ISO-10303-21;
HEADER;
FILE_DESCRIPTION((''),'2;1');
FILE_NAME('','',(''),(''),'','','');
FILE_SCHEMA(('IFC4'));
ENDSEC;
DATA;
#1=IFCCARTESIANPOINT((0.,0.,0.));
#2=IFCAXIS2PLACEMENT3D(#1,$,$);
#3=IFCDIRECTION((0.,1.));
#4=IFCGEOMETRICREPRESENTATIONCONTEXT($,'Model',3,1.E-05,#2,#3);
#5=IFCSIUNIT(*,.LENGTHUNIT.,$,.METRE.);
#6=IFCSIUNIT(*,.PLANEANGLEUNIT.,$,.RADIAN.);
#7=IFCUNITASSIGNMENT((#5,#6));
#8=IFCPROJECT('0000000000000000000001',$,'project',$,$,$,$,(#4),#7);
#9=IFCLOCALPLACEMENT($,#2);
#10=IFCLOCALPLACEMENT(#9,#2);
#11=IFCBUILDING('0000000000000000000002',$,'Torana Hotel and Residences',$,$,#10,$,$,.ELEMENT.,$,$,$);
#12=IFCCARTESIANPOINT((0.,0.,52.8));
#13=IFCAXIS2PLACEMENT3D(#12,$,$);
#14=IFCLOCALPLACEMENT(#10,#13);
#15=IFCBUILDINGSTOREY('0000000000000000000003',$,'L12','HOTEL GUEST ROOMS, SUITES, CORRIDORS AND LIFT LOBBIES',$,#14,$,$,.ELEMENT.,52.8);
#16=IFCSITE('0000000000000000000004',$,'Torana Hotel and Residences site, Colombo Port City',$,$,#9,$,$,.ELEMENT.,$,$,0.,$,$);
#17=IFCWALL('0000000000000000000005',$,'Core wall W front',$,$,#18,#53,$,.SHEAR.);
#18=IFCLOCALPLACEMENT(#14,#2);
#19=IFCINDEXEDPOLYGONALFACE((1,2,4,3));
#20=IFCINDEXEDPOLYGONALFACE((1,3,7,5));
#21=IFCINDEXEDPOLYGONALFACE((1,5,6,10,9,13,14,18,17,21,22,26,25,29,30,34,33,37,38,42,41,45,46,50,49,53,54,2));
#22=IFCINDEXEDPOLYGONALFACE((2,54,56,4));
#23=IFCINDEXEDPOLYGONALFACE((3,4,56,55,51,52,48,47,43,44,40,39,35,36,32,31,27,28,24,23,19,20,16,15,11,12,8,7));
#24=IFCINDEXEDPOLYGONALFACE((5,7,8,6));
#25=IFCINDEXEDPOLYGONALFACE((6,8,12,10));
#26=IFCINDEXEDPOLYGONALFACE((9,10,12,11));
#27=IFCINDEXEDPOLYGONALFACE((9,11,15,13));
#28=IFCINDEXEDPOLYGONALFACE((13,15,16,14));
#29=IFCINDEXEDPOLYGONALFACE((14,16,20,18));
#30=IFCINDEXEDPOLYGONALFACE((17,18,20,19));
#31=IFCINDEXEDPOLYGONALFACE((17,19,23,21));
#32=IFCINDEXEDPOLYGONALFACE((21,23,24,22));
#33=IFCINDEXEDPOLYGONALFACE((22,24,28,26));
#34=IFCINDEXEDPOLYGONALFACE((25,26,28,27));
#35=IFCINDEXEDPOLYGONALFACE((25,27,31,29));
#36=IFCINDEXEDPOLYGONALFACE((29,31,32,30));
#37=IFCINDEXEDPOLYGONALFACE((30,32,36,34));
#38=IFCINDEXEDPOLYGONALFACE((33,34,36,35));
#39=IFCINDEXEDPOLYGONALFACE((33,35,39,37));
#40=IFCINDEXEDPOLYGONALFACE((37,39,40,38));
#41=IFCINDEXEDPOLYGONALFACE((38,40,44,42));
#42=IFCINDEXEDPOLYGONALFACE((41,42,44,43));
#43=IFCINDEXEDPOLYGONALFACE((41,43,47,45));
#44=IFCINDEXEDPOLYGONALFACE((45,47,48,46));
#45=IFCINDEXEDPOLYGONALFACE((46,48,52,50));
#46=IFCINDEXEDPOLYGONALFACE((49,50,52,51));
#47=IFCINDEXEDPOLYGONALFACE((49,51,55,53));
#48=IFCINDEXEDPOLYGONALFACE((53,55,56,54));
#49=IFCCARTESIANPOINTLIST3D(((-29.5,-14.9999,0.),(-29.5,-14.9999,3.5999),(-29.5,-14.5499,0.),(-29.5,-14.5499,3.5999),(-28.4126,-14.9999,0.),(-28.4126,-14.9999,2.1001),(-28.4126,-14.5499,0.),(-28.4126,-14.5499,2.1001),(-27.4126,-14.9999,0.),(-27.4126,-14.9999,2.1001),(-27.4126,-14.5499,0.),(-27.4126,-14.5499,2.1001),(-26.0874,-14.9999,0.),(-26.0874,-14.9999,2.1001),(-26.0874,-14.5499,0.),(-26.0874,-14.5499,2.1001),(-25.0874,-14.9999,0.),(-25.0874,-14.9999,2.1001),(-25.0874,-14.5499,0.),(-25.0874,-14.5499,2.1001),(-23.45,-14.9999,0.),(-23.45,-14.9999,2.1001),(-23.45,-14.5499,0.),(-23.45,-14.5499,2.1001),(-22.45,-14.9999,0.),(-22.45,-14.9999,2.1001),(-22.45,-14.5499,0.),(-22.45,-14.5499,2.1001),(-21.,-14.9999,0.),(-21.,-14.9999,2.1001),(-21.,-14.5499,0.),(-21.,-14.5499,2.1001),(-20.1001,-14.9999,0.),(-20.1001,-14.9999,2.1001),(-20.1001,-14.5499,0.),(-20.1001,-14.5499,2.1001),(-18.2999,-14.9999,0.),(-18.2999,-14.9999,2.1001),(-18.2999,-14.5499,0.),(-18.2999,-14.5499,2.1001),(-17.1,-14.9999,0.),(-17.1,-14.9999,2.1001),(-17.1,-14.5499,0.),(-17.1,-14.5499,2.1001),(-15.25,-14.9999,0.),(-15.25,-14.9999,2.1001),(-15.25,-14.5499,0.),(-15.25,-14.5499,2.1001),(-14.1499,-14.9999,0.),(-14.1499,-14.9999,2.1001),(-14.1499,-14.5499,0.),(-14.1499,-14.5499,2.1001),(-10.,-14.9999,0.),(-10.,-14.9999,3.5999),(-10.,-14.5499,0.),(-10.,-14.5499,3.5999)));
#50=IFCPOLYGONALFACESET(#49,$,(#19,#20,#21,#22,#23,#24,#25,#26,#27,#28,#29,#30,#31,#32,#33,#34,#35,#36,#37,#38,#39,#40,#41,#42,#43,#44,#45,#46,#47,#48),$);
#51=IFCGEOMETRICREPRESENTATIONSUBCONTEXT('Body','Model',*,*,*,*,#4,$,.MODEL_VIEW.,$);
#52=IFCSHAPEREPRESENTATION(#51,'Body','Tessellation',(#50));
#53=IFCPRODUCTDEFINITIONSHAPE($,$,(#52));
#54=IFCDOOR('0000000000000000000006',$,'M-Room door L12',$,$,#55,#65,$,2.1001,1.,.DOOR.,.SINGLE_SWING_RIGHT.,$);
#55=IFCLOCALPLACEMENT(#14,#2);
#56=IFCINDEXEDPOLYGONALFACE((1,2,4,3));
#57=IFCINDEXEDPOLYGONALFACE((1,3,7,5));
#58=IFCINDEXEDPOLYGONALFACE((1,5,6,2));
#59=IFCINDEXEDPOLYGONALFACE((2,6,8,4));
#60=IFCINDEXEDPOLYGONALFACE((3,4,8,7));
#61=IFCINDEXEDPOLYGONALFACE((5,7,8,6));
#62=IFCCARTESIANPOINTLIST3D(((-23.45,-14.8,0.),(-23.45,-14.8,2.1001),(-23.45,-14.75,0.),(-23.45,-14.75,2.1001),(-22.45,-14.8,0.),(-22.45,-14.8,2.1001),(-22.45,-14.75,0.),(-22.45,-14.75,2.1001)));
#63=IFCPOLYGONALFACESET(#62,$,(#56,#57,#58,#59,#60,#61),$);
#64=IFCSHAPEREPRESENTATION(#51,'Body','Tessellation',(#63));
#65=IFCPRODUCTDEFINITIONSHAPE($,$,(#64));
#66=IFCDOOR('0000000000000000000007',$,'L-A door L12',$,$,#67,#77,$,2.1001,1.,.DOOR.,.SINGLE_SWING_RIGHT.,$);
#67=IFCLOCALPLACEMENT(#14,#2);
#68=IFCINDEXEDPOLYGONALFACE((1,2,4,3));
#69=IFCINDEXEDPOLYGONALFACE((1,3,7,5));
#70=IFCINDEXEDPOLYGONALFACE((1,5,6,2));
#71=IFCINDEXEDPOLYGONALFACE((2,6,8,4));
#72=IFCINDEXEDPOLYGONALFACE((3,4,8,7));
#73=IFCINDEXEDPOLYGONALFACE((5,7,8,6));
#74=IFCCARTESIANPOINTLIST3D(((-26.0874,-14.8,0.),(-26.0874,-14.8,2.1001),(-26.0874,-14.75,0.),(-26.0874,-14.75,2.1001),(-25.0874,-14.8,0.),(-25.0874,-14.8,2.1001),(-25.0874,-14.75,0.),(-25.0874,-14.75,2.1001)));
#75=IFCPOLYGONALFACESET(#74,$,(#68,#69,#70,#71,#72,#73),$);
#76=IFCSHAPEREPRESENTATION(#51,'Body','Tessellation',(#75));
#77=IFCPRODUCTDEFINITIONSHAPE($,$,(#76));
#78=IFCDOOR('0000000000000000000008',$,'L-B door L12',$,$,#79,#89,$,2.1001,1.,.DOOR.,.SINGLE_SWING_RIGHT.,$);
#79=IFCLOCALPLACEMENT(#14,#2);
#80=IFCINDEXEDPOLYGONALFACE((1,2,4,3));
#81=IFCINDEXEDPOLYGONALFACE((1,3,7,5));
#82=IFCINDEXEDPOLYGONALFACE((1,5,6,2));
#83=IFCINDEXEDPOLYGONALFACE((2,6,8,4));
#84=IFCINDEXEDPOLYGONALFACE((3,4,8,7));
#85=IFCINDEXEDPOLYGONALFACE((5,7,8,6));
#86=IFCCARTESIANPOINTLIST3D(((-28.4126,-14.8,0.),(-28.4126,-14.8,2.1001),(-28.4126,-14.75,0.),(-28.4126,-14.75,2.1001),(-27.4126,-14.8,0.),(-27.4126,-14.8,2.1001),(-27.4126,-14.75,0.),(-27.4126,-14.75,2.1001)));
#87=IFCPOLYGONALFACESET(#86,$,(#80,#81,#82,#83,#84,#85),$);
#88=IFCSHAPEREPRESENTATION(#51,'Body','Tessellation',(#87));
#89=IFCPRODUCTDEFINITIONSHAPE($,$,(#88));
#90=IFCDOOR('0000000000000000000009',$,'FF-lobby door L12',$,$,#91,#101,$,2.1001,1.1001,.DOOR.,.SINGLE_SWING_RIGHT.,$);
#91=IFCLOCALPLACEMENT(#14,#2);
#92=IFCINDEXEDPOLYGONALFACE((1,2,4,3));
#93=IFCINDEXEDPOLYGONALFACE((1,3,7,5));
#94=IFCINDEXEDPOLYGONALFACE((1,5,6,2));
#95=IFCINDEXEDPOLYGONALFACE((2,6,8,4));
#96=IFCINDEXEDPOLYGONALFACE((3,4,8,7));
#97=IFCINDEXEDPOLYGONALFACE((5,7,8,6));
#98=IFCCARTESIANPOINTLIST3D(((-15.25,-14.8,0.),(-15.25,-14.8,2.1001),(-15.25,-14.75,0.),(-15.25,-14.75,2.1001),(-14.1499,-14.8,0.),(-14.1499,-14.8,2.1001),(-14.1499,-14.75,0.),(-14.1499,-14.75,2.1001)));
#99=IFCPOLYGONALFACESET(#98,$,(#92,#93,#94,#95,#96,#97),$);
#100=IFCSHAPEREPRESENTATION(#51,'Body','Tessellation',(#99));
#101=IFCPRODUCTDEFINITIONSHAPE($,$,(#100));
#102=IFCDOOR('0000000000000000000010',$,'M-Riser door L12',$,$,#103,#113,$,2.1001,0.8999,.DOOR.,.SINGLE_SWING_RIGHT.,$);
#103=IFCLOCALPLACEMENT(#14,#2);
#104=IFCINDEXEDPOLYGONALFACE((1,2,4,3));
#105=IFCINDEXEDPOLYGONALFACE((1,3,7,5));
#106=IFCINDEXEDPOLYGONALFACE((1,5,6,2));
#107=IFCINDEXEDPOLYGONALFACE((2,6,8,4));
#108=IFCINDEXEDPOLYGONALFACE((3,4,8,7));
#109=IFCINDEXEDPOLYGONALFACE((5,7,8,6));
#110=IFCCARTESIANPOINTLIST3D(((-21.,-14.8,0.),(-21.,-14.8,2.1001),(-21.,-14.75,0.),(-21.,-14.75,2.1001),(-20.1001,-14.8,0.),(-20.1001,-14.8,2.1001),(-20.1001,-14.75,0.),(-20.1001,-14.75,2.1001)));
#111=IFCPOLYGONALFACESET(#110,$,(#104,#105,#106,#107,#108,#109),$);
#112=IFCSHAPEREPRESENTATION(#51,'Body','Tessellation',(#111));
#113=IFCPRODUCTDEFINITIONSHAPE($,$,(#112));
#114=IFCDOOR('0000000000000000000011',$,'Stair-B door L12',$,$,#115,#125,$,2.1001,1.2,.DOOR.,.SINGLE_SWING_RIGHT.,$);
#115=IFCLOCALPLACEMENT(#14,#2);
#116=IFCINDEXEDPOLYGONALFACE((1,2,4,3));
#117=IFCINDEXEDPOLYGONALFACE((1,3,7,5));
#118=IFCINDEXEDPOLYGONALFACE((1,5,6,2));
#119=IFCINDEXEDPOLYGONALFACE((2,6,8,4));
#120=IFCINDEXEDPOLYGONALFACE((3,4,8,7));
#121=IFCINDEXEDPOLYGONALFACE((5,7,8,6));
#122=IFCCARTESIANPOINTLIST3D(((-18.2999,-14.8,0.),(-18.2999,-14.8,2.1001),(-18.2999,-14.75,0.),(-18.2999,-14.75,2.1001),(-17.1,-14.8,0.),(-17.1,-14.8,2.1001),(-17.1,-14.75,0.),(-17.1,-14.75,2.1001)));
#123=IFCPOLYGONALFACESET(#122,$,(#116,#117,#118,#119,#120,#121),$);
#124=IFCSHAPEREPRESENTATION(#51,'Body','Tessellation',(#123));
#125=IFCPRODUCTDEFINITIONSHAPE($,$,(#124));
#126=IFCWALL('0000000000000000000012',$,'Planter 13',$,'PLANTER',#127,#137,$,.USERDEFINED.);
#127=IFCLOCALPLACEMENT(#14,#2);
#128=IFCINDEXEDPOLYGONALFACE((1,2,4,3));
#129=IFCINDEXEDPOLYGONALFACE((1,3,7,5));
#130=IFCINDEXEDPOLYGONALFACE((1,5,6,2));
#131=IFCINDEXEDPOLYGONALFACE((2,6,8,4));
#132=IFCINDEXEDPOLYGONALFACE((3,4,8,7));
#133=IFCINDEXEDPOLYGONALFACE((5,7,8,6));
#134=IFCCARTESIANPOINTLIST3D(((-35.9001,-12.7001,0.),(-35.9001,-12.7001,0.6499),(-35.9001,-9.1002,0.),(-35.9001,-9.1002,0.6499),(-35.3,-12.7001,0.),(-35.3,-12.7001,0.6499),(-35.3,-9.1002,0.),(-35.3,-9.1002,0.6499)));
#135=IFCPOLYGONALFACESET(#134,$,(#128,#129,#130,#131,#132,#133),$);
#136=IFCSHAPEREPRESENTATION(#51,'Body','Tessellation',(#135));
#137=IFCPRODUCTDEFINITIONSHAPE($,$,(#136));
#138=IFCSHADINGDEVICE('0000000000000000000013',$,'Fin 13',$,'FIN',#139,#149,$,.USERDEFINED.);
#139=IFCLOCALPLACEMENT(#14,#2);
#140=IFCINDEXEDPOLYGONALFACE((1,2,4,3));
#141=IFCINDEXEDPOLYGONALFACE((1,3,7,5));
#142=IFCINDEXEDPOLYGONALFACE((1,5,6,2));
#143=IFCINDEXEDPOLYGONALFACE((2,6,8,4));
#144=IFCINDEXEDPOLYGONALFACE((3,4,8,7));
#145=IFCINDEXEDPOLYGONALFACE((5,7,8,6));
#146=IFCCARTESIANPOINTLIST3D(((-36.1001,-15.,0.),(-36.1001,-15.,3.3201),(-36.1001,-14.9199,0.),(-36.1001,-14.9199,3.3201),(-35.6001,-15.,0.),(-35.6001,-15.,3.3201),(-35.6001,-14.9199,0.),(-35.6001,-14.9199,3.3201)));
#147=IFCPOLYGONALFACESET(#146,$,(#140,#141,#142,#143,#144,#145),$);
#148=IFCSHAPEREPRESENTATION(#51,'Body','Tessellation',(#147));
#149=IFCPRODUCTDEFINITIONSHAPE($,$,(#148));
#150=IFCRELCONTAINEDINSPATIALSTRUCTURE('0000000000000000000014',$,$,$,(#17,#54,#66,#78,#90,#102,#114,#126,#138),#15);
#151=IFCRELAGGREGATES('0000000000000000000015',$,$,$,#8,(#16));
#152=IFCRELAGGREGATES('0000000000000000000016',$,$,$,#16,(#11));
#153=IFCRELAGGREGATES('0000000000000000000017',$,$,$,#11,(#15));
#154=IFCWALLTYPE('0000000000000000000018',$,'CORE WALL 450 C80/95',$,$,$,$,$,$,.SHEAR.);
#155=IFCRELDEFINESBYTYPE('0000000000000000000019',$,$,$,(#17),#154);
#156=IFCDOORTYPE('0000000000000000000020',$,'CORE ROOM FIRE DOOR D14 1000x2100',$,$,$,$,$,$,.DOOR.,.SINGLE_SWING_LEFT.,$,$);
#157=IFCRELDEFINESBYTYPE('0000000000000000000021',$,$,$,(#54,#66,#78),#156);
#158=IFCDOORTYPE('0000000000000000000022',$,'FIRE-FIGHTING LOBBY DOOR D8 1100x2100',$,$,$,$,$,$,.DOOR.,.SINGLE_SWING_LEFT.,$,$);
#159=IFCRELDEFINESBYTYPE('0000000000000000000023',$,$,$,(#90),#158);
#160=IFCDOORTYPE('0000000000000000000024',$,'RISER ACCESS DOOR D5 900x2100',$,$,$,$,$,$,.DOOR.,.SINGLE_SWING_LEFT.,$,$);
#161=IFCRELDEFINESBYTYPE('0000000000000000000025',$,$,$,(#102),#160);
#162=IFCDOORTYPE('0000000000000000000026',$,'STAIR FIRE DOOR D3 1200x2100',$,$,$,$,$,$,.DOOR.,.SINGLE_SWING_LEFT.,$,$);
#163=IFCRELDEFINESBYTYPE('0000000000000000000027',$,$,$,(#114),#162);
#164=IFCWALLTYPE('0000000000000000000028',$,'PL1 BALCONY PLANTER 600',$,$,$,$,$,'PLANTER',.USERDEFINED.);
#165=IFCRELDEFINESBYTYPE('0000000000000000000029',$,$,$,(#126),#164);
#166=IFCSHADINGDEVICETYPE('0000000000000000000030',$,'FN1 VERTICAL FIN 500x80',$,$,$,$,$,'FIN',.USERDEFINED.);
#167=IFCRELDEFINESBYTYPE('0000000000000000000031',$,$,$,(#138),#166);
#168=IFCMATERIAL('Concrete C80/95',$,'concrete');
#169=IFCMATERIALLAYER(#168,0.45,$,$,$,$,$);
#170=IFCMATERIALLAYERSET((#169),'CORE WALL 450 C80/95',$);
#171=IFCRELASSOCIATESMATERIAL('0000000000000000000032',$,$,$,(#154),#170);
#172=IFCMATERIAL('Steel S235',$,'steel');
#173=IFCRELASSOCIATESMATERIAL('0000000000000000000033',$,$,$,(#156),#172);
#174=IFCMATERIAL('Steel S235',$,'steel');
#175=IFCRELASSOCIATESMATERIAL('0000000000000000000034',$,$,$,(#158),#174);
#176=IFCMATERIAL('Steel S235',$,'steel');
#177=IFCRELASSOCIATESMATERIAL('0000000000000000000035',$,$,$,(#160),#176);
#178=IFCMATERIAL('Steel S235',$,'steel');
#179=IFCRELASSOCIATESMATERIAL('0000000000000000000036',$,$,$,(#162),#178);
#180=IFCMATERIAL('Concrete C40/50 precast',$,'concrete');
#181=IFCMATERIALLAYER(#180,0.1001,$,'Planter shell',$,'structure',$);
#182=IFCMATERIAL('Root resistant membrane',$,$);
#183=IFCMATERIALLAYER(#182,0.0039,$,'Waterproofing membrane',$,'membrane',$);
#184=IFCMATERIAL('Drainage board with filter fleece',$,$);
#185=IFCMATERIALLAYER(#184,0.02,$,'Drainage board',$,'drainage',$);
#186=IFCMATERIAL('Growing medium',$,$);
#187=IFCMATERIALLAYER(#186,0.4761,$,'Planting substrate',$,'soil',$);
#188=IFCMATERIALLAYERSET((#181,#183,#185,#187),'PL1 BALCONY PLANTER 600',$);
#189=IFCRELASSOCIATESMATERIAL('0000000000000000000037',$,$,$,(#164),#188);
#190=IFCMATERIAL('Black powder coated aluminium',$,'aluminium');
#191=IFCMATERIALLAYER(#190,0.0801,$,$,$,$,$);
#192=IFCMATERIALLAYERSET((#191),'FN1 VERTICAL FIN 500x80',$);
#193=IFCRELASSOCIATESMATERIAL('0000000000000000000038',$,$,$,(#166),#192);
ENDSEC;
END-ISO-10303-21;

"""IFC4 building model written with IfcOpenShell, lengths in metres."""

from ifc_helpers import new_model, si_unit, direction, frame, frame_2d, origin, origin_2d, place, context, subcontext, project, spatial, rectangle, extrude, material, layer, layer_set, type_object, element, fill, save


model = new_model("IFC4")

# Units and contexts
model_context = context("Model", 3, precision=1e-05, world=origin(), true_north=direction((0.0, 1.0)))
body_context = subcontext(model_context, "Body", "Model", "MODEL_VIEW")
ifc_project = project(units=[si_unit("LENGTHUNIT", "METRE"), si_unit("PLANEANGLEUNIT", "RADIAN")], contexts=[model_context])

# Site, building, storey
site_placement = place(None, origin())
site = spatial("IfcSite", under=ifc_project, at=site_placement, Name="Torana Hotel and Residences site, Colombo Port City", CompositionType="ELEMENT", RefElevation=0.0)
building_placement = place(site_placement, origin())
building = spatial("IfcBuilding", under=site, at=building_placement, Name="Torana Hotel and Residences", CompositionType="ELEMENT")
storey_placement = place(building_placement, frame((0.0, 0.0, 52.8)))
storey = spatial("IfcBuildingStorey", under=building, at=storey_placement, Name="L12", Description="HOTEL GUEST ROOMS, SUITES, CORRIDORS AND LIFT LOBBIES", CompositionType="ELEMENT", Elevation=52.8)

# Wall, openings, doors
ifc_material_1 = material(Name="Concrete C80/95", Category="concrete")
ifc_layer_1 = layer(ifc_material_1, 0.45)
ifc_layer_set_1 = layer_set([ifc_layer_1], Name="CORE WALL 450 C80/95")
wall_type_1 = type_object("IfcWallType", Name="CORE WALL 450 C80/95", PredefinedType="SHEAR", material=ifc_layer_set_1)
wall_1_placement = place(storey_placement, frame((-29.5, -14.7749, 0.0), z_axis=(0.0, 0.0, 1.0), x_axis=(1.0, 0.0, 0.0)))
wall_1 = element("IfcWall", 1, at=wall_1_placement, inside=storey, type_object=wall_type_1, Name="Core wall W front", PredefinedType="SHEAR", context=body_context, shape_type="SweptSolid", body=[
    extrude(rectangle(XDim=19.5, YDim=0.45, at=frame_2d((9.75, 0.0))), origin(), (0.0, 0.0, 1.0), 3.5999),
])
opening_1_placement = place(wall_1_placement, frame((11.2, 0.0, 0.0)))
opening_1 = element("IfcOpeningElement", 2, at=opening_1_placement, cuts=wall_1, PredefinedType="OPENING", context=body_context, shape_type="SweptSolid", body=[
    extrude(rectangle(XDim=1.2, YDim=2.1001, at=frame_2d((0.6001, 1.05))), frame((0.0, 0.2349, 0.0), z_axis=(0.0, -1.0, 0.0), x_axis=(1.0, 0.0, 0.0)), (0.0, 0.0, 1.0), 0.47),
])
opening_2_placement = place(wall_1_placement, frame((14.25, 0.0, 0.0)))
opening_2 = element("IfcOpeningElement", 3, at=opening_2_placement, cuts=wall_1, PredefinedType="OPENING", context=body_context, shape_type="SweptSolid", body=[
    extrude(rectangle(XDim=1.1001, YDim=2.1001, at=frame_2d((0.55, 1.05))), frame((0.0, 0.2349, 0.0), z_axis=(0.0, -1.0, 0.0), x_axis=(1.0, 0.0, 0.0)), (0.0, 0.0, 1.0), 0.47),
])
opening_3_placement = place(wall_1_placement, frame((8.5, 0.0, 0.0)))
opening_3 = element("IfcOpeningElement", 4, at=opening_3_placement, cuts=wall_1, PredefinedType="OPENING", context=body_context, shape_type="SweptSolid", body=[
    extrude(rectangle(XDim=0.8999, YDim=2.1001, at=frame_2d((0.45, 1.05))), frame((0.0, 0.2349, 0.0), z_axis=(0.0, -1.0, 0.0), x_axis=(1.0, 0.0, 0.0)), (0.0, 0.0, 1.0), 0.47),
])
opening_4_placement = place(wall_1_placement, frame((6.05, 0.0, 0.0)))
opening_4 = element("IfcOpeningElement", 5, at=opening_4_placement, cuts=wall_1, PredefinedType="OPENING", context=body_context, shape_type="SweptSolid", body=[
    extrude(rectangle(XDim=1.0, YDim=2.1001, at=frame_2d((0.5, 1.05))), frame((0.0, 0.2349, 0.0), z_axis=(0.0, -1.0, 0.0), x_axis=(1.0, 0.0, 0.0)), (0.0, 0.0, 1.0), 0.47),
])
opening_5_placement = place(wall_1_placement, frame((3.4126, 0.0, 0.0)))
opening_5 = element("IfcOpeningElement", 6, at=opening_5_placement, cuts=wall_1, PredefinedType="OPENING", context=body_context, shape_type="SweptSolid", body=[
    extrude(rectangle(XDim=1.0, YDim=2.1001, at=frame_2d((0.5, 1.05))), frame((0.0, 0.2349, 0.0), z_axis=(0.0, -1.0, 0.0), x_axis=(1.0, 0.0, 0.0)), (0.0, 0.0, 1.0), 0.47),
])
opening_6_placement = place(wall_1_placement, frame((1.0874, 0.0, 0.0)))
opening_6 = element("IfcOpeningElement", 7, at=opening_6_placement, cuts=wall_1, PredefinedType="OPENING", context=body_context, shape_type="SweptSolid", body=[
    extrude(rectangle(XDim=1.0, YDim=2.1001, at=frame_2d((0.5, 1.05))), frame((0.0, 0.2349, 0.0), z_axis=(0.0, -1.0, 0.0), x_axis=(1.0, 0.0, 0.0)), (0.0, 0.0, 1.0), 0.47),
])
ifc_material_2 = material(Name="Steel S235", Category="steel")
door_type_1 = type_object("IfcDoorType", Name="CORE ROOM FIRE DOOR D14 1000x2100", OperationType="SINGLE_SWING_LEFT", PredefinedType="DOOR", material=ifc_material_2)
door_1_placement = place(opening_4_placement, origin())
door_1 = element("IfcDoor", 8, at=door_1_placement, inside=storey, type_object=door_type_1, Name="M-Room door L12", OperationType="SINGLE_SWING_RIGHT", OverallHeight=2.1001, OverallWidth=1.0, PredefinedType="DOOR", context=body_context, shape_type="SweptSolid", body=[
    extrude(rectangle(XDim=1.0, YDim=2.1001, at=frame_2d((0.5, 1.05))), frame((0.0, 0.0249, 0.0), z_axis=(0.0, -1.0, 0.0), x_axis=(1.0, 0.0, 0.0)), (0.0, 0.0, 1.0), 0.05),
])
fill(opening_4, door_1)
door_2_placement = place(opening_5_placement, origin())
door_2 = element("IfcDoor", 9, at=door_2_placement, inside=storey, type_object=door_type_1, Name="L-A door L12", OperationType="SINGLE_SWING_RIGHT", OverallHeight=2.1001, OverallWidth=1.0, PredefinedType="DOOR", context=body_context, shape_type="SweptSolid", body=[
    extrude(rectangle(XDim=1.0, YDim=2.1001, at=frame_2d((0.5, 1.05))), frame((0.0, 0.0249, 0.0), z_axis=(0.0, -1.0, 0.0), x_axis=(1.0, 0.0, 0.0)), (0.0, 0.0, 1.0), 0.05),
])
fill(opening_5, door_2)
door_3_placement = place(opening_6_placement, origin())
door_3 = element("IfcDoor", 10, at=door_3_placement, inside=storey, type_object=door_type_1, Name="L-B door L12", OperationType="SINGLE_SWING_RIGHT", OverallHeight=2.1001, OverallWidth=1.0, PredefinedType="DOOR", context=body_context, shape_type="SweptSolid", body=[
    extrude(rectangle(XDim=1.0, YDim=2.1001, at=frame_2d((0.5, 1.05))), frame((0.0, 0.0249, 0.0), z_axis=(0.0, -1.0, 0.0), x_axis=(1.0, 0.0, 0.0)), (0.0, 0.0, 1.0), 0.05),
])
fill(opening_6, door_3)
ifc_material_3 = material(Name="Steel S235", Category="steel")
door_type_2 = type_object("IfcDoorType", Name="FIRE-FIGHTING LOBBY DOOR D8 1100x2100", OperationType="SINGLE_SWING_LEFT", PredefinedType="DOOR", material=ifc_material_3)
door_4_placement = place(opening_2_placement, origin())
door_4 = element("IfcDoor", 11, at=door_4_placement, inside=storey, type_object=door_type_2, Name="FF-lobby door L12", OperationType="SINGLE_SWING_RIGHT", OverallHeight=2.1001, OverallWidth=1.1001, PredefinedType="DOOR", context=body_context, shape_type="SweptSolid", body=[
    extrude(rectangle(XDim=1.1001, YDim=2.1001, at=frame_2d((0.55, 1.05))), frame((0.0, 0.0249, 0.0), z_axis=(0.0, -1.0, 0.0), x_axis=(1.0, 0.0, 0.0)), (0.0, 0.0, 1.0), 0.05),
])
fill(opening_2, door_4)
ifc_material_4 = material(Name="Steel S235", Category="steel")
door_type_3 = type_object("IfcDoorType", Name="RISER ACCESS DOOR D5 900x2100", OperationType="SINGLE_SWING_LEFT", PredefinedType="DOOR", material=ifc_material_4)
door_5_placement = place(opening_3_placement, origin())
door_5 = element("IfcDoor", 12, at=door_5_placement, inside=storey, type_object=door_type_3, Name="M-Riser door L12", OperationType="SINGLE_SWING_RIGHT", OverallHeight=2.1001, OverallWidth=0.8999, PredefinedType="DOOR", context=body_context, shape_type="SweptSolid", body=[
    extrude(rectangle(XDim=0.8999, YDim=2.1001, at=frame_2d((0.45, 1.05))), frame((0.0, 0.0249, 0.0), z_axis=(0.0, -1.0, 0.0), x_axis=(1.0, 0.0, 0.0)), (0.0, 0.0, 1.0), 0.05),
])
fill(opening_3, door_5)
ifc_material_5 = material(Name="Steel S235", Category="steel")
door_type_4 = type_object("IfcDoorType", Name="STAIR FIRE DOOR D3 1200x2100", OperationType="SINGLE_SWING_LEFT", PredefinedType="DOOR", material=ifc_material_5)
door_6_placement = place(opening_1_placement, origin())
door_6 = element("IfcDoor", 13, at=door_6_placement, inside=storey, type_object=door_type_4, Name="Stair-B door L12", OperationType="SINGLE_SWING_RIGHT", OverallHeight=2.1001, OverallWidth=1.2, PredefinedType="DOOR", context=body_context, shape_type="SweptSolid", body=[
    extrude(rectangle(XDim=1.2, YDim=2.1001, at=frame_2d((0.6001, 1.05))), frame((0.0, 0.0249, 0.0), z_axis=(0.0, -1.0, 0.0), x_axis=(1.0, 0.0, 0.0)), (0.0, 0.0, 1.0), 0.05),
])
fill(opening_1, door_6)

# Wall
ifc_material_6 = material(Name="Concrete C40/50 precast", Category="concrete")
ifc_layer_2 = layer(ifc_material_6, 0.1001, Name="Planter shell", Category="structure")
ifc_material_7 = material(Name="Root resistant membrane")
ifc_layer_3 = layer(ifc_material_7, 0.0039, Name="Waterproofing membrane", Category="membrane")
ifc_material_8 = material(Name="Drainage board with filter fleece")
ifc_layer_4 = layer(ifc_material_8, 0.02, Name="Drainage board", Category="drainage")
ifc_material_9 = material(Name="Growing medium")
ifc_layer_5 = layer(ifc_material_9, 0.4761, Name="Planting substrate", Category="soil")
ifc_layer_set_2 = layer_set([ifc_layer_2, ifc_layer_3, ifc_layer_4, ifc_layer_5], Name="PL1 BALCONY PLANTER 600")
wall_type_2 = type_object("IfcWallType", Name="PL1 BALCONY PLANTER 600", ElementType="PLANTER", PredefinedType="USERDEFINED", material=ifc_layer_set_2)
wall_2_placement = place(storey_placement, frame((-35.6001, -12.7, 0.0), z_axis=(0.0, 0.0, 1.0), x_axis=(0.0, 1.0, 0.0)))
element("IfcWall", 14, at=wall_2_placement, inside=storey, type_object=wall_type_2, Name="Planter 13", ObjectType="PLANTER", PredefinedType="USERDEFINED", context=body_context, shape_type="SweptSolid", body=[
    extrude(rectangle(XDim=3.5999, YDim=0.6001, at=frame_2d((1.7998, 0.0))), origin(), (0.0, 0.0, 1.0), 0.6499),
])

# Shading device
ifc_material_10 = material(Name="Black powder coated aluminium", Category="aluminium")
ifc_layer_6 = layer(ifc_material_10, 0.0801)
ifc_layer_set_3 = layer_set([ifc_layer_6], Name="FN1 VERTICAL FIN 500x80")
shading_device_type = type_object("IfcShadingDeviceType", Name="FN1 VERTICAL FIN 500x80", ElementType="FIN", PredefinedType="USERDEFINED", material=ifc_layer_set_3)
shading_device_placement = place(storey_placement, frame((-35.8501, -14.96, 0.0), z_axis=(0.0, 0.0, 1.0), x_axis=(0.0, 1.0, 0.0)))
element("IfcShadingDevice", 15, at=shading_device_placement, inside=storey, type_object=shading_device_type, Name="Fin 13", ObjectType="FIN", PredefinedType="USERDEFINED", context=body_context, shape_type="SweptSolid", body=[
    extrude(rectangle(XDim=0.0801, YDim=0.5, at=origin_2d()), origin(), (0.0, 0.0, 1.0), 3.3201),
])

save(model, "model.ifc")
